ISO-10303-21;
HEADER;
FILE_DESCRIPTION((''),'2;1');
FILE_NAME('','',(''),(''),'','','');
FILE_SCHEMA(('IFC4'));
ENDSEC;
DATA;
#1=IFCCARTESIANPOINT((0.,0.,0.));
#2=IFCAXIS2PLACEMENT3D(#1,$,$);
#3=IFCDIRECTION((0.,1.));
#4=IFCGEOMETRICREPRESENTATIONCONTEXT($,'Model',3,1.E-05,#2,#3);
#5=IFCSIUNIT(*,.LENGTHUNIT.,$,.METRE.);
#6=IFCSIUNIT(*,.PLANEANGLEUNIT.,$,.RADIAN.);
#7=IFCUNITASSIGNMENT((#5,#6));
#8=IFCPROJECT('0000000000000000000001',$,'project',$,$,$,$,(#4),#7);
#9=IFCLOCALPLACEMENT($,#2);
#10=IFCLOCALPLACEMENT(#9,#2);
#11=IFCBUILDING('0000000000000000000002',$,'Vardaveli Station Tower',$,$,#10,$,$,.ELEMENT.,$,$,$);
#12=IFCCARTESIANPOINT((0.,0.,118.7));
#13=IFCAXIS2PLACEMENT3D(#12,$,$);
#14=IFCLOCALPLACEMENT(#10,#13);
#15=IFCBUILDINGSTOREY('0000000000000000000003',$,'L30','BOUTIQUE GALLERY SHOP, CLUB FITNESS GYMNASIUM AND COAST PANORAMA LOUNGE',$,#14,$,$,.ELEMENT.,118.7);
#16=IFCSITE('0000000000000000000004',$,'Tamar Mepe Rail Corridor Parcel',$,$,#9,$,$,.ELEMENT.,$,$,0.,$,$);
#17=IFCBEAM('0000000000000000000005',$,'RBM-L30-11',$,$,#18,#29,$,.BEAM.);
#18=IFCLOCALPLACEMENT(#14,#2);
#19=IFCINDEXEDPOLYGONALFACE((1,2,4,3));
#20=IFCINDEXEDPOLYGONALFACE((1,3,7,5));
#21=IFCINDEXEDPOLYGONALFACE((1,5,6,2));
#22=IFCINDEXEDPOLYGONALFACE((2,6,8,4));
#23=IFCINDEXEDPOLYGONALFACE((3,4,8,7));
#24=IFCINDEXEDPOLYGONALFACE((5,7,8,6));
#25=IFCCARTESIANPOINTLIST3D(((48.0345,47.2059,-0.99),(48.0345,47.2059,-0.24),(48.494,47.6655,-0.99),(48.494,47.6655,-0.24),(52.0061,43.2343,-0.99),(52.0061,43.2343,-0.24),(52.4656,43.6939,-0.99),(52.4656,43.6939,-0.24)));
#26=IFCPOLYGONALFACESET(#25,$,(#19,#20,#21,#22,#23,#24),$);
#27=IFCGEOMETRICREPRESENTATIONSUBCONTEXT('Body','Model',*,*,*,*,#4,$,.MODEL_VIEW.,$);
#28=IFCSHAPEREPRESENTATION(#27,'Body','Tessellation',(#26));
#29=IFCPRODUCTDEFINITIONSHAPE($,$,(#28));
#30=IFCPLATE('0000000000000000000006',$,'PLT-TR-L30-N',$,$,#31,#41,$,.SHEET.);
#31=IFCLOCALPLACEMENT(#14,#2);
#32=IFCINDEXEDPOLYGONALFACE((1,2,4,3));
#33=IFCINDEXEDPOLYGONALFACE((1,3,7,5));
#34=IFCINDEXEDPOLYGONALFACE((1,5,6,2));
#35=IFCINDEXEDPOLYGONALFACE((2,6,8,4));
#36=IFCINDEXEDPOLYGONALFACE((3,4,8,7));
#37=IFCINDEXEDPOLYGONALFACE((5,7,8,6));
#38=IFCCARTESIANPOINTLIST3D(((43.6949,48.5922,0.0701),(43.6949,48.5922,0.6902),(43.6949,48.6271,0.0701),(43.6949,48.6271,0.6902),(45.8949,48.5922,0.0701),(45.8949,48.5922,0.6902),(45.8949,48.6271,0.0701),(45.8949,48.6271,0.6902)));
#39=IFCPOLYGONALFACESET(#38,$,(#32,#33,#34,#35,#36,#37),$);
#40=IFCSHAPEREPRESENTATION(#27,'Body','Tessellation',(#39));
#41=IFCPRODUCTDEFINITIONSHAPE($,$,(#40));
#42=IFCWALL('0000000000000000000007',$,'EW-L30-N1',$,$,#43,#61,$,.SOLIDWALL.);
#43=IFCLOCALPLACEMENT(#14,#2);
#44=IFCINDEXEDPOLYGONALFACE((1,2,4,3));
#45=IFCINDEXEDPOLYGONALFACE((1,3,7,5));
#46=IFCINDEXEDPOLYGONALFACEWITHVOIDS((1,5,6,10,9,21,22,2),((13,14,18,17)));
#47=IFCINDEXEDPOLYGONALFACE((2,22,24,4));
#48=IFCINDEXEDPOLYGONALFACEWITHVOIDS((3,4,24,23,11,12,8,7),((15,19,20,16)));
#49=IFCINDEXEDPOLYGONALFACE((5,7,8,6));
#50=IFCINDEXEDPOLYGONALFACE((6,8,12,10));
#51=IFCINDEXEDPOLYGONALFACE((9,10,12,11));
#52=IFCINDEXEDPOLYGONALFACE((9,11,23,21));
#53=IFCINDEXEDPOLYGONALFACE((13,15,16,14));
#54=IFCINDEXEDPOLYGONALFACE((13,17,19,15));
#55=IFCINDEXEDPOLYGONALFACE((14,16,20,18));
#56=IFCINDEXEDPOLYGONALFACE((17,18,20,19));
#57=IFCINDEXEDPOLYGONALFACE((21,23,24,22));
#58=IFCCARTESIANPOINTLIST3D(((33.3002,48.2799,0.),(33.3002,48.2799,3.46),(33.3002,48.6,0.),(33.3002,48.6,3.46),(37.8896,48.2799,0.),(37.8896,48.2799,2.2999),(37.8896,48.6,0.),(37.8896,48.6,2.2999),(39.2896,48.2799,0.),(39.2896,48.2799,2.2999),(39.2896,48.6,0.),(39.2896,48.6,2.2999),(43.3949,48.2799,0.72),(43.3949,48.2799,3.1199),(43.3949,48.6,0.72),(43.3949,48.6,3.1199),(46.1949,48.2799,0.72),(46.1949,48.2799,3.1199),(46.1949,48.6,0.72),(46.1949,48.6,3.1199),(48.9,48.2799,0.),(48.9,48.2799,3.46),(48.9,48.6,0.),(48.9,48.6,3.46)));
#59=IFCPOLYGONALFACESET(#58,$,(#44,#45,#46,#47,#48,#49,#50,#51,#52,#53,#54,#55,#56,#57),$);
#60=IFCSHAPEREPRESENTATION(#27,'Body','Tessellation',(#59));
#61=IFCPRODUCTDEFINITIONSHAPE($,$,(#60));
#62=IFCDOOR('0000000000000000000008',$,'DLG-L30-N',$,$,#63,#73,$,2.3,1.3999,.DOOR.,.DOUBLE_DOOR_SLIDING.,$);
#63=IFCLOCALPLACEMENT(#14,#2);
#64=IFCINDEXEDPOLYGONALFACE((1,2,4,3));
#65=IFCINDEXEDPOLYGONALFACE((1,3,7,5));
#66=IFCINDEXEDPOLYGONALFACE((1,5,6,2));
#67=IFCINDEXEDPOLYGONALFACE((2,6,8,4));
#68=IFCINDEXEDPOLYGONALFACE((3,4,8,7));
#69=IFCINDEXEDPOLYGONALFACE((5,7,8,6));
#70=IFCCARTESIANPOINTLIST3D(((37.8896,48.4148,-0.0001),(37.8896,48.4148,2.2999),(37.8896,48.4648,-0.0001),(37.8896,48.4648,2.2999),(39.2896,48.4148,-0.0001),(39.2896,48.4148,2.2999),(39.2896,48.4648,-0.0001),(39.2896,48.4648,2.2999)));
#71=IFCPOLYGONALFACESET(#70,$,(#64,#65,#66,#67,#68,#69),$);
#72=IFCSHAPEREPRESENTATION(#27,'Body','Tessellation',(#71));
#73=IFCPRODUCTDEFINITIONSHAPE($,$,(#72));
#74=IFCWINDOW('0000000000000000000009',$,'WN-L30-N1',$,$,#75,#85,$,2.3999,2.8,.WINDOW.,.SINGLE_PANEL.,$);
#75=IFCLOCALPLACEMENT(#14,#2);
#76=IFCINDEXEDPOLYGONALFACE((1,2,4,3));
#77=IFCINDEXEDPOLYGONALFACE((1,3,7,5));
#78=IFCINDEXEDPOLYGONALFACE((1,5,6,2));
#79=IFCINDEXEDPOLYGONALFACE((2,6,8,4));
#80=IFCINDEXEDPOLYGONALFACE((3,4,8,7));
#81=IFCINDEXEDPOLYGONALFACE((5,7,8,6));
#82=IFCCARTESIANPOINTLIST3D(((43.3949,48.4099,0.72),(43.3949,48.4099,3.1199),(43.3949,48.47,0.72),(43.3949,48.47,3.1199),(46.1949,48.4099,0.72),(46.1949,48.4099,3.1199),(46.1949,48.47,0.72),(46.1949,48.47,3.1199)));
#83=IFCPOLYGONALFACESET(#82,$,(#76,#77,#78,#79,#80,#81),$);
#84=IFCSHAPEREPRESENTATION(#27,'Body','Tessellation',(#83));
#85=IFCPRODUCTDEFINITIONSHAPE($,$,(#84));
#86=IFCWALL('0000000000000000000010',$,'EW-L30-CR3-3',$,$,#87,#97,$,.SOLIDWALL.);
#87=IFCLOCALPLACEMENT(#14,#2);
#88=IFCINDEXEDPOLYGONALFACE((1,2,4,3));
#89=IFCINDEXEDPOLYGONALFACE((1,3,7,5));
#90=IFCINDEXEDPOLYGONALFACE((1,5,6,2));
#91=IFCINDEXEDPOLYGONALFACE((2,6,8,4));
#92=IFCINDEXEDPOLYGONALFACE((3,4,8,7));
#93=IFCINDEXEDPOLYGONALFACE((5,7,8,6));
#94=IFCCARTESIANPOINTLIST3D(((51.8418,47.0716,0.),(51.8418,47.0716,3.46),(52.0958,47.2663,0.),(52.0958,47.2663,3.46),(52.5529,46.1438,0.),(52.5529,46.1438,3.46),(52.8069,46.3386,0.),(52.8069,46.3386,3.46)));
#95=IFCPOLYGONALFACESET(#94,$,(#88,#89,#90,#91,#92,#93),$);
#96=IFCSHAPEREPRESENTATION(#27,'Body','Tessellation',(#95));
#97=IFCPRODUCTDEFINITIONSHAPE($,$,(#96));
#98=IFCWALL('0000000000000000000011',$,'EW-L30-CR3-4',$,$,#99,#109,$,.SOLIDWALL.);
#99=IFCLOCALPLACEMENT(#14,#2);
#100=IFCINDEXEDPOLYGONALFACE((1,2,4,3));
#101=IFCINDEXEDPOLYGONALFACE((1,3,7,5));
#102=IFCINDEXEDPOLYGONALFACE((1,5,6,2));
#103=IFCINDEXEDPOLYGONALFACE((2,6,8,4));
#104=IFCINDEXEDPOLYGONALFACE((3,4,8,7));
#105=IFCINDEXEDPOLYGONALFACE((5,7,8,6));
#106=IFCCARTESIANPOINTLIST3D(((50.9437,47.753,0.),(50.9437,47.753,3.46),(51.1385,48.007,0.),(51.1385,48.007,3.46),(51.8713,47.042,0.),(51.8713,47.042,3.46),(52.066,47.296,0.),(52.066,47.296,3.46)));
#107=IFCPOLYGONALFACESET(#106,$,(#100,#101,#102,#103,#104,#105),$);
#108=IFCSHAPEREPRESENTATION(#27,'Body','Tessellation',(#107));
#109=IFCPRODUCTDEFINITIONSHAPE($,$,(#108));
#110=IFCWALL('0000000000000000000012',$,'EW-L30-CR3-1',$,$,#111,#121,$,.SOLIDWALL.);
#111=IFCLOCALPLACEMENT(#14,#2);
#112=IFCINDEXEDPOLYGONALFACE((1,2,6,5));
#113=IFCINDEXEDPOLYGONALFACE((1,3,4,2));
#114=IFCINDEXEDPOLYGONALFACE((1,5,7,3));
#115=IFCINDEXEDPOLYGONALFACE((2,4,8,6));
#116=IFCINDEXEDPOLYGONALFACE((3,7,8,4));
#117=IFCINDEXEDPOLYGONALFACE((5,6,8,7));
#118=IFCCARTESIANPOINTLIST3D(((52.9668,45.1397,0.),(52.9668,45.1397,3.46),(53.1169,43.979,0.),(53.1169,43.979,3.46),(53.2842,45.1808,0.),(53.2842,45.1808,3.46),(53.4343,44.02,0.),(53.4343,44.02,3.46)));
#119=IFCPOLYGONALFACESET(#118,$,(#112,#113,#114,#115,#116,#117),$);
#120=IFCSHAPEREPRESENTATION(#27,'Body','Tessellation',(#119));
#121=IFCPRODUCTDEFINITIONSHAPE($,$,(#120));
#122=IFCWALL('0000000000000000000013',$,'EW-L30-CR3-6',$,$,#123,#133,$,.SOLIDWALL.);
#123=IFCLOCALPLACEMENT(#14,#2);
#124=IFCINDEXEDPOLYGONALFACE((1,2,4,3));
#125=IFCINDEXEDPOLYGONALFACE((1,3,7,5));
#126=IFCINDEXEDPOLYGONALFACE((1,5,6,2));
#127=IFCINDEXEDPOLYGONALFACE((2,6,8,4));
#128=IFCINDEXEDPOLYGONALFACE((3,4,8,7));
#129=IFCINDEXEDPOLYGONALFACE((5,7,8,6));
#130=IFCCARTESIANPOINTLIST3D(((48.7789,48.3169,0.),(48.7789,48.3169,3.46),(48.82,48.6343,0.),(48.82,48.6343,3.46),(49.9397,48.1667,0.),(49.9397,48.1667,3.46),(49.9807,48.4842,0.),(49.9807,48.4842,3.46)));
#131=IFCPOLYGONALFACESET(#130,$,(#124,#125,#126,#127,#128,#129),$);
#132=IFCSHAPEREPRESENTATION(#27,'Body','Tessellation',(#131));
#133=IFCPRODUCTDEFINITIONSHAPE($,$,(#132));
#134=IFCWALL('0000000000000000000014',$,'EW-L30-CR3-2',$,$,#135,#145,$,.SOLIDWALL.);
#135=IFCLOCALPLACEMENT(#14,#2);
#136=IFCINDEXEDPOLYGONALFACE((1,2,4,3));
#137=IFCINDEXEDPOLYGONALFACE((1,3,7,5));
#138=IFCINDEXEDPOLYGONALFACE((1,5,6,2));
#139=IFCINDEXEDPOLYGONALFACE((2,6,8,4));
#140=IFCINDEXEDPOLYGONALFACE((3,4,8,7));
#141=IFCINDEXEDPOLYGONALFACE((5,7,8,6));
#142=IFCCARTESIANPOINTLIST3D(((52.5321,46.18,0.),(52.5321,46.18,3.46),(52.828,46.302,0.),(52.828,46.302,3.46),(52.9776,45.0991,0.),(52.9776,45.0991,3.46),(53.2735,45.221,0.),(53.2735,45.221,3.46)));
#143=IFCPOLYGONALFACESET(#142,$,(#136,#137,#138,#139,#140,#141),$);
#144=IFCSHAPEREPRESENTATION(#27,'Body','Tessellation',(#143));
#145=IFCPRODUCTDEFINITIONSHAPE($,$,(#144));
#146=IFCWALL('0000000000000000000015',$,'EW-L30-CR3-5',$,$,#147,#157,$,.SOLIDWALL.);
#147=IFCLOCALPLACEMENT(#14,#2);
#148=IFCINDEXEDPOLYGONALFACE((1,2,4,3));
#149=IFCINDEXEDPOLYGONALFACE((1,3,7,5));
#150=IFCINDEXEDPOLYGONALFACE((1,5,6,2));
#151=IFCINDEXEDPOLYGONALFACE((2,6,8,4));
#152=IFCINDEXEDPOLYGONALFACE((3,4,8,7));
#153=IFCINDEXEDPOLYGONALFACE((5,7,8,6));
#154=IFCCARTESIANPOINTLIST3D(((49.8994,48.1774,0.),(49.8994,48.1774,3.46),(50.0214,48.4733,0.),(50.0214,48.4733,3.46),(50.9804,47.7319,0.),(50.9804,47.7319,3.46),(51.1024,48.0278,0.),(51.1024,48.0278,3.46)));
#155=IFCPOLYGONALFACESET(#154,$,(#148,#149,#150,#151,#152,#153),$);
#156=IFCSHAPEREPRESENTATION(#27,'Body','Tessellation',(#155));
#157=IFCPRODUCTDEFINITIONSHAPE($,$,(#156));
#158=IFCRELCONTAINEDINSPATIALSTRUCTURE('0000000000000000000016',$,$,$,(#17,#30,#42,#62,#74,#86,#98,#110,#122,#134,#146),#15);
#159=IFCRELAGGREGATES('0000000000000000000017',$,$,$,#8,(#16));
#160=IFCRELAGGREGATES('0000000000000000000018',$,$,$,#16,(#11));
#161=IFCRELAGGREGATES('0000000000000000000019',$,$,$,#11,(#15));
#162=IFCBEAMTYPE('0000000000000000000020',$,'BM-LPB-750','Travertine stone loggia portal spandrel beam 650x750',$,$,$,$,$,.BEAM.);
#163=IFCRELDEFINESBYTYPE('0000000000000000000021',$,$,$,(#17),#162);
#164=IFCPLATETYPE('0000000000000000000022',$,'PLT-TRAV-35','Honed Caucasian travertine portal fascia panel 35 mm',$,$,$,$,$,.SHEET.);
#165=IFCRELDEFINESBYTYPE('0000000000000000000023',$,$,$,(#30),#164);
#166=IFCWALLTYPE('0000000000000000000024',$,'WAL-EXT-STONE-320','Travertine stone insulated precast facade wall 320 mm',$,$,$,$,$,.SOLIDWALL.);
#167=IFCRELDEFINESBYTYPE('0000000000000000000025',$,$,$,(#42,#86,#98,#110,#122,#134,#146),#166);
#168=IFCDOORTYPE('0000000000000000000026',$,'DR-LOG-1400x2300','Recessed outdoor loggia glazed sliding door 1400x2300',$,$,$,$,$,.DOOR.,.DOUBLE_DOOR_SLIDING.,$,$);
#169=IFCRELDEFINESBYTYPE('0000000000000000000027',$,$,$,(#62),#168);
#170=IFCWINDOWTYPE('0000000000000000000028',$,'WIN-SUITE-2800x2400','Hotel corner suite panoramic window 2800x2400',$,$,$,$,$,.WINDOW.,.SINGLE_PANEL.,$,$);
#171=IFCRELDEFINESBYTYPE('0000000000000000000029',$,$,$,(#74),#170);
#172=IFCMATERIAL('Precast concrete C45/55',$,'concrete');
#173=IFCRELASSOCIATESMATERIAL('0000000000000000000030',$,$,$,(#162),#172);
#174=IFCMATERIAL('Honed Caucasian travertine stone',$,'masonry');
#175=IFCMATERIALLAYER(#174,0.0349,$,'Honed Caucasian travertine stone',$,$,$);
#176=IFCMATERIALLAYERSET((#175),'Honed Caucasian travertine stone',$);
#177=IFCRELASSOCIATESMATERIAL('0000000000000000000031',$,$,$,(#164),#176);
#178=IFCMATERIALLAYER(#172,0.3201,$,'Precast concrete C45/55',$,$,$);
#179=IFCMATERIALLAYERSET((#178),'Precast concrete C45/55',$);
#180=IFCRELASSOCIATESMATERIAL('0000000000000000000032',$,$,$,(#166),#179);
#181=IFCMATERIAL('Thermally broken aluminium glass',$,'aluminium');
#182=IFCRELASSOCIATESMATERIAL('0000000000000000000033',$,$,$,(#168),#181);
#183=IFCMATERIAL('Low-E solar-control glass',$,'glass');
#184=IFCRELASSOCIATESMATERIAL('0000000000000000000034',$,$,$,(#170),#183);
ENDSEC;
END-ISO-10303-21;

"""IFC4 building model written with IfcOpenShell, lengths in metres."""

from ifc_helpers import new_model, si_unit, direction, frame, frame_2d, origin, origin_2d, place, context, subcontext, project, spatial, rectangle, extrude, source, transform, mapped, material, layer, layer_set, material_profile, profile_set, type_object, element, fill, save


model = new_model("IFC4")

# Units and contexts
model_context = context("Model", 3, precision=1e-05, world=origin(), true_north=direction((0.0, 1.0)))
body_context = subcontext(model_context, "Body", "Model", "MODEL_VIEW")
ifc_project = project(units=[si_unit("LENGTHUNIT", "METRE"), si_unit("PLANEANGLEUNIT", "RADIAN")], contexts=[model_context])

# Site, building, storey
site_placement = place(None, origin())
site = spatial("IfcSite", under=ifc_project, at=site_placement, Name="Tamar Mepe Rail Corridor Parcel", CompositionType="ELEMENT", RefElevation=0.0)
building_placement = place(site_placement, origin())
building = spatial("IfcBuilding", under=site, at=building_placement, Name="Vardaveli Station Tower", CompositionType="ELEMENT")
storey_placement = place(building_placement, frame((0.0, 0.0, 118.7)))
storey = spatial("IfcBuildingStorey", under=building, at=storey_placement, Name="L30", Description="BOUTIQUE GALLERY SHOP, CLUB FITNESS GYMNASIUM AND COAST PANORAMA LOUNGE", CompositionType="ELEMENT", Elevation=118.7)

# Beam
ifc_material_1 = material(Name="Precast concrete C45/55", Category="concrete")
ifc_material_profile_1 = material_profile(ifc_material_1, rectangle(XDim=0.6499, YDim=0.75, at=origin_2d()), Name="LPB 650x750")
ifc_profile_set_1 = profile_set([ifc_material_profile_1], Name="Precast concrete C45/55")
beam_type = type_object("IfcBeamType", Name="BM-LPB-750", Description="Travertine stone loggia portal spandrel beam 650x750", PredefinedType="BEAM", material=ifc_profile_set_1)
shared_shape_1 = source(origin(), body_context, "Body", "SweptSolid", [
    extrude(rectangle(XDim=0.6499, YDim=0.75, at=origin_2d()), origin(), (0.0, 0.0, 1.0), 5.6167),
])
beam_placement = place(storey_placement, frame((52.2358, 43.4641, -0.615), z_axis=(-0.707107, 0.707107, 0.0), x_axis=(-0.707107, -0.707107, 0.0)))
element("IfcBeam", 1, at=beam_placement, inside=storey, type_object=beam_type, Name="RBM-L30-11", PredefinedType="BEAM", context=body_context, shape_type="MappedRepresentation", body=[
    mapped(shared_shape_1, transform((0.0, 0.0, 0.0), scale=1.0)),
])

# Plate
ifc_material_2 = material(Name="Honed Caucasian travertine stone", Category="masonry")
ifc_layer_1 = layer(ifc_material_2, 0.0349, Name="Honed Caucasian travertine stone")
ifc_layer_set_1 = layer_set([ifc_layer_1], Name="Honed Caucasian travertine stone")
plate_type = type_object("IfcPlateType", Name="PLT-TRAV-35", Description="Honed Caucasian travertine portal fascia panel 35 mm", PredefinedType="SHEET", material=ifc_layer_set_1)
shared_shape_2 = source(origin(), body_context, "Body", "SweptSolid", [
    extrude(rectangle(XDim=2.2, YDim=0.0349, at=origin_2d()), origin(), (0.0, 0.0, 1.0), 0.6201),
])
plate_placement = place(storey_placement, frame((44.7949, 48.6096, 0.0701), z_axis=(0.0, 0.0, 1.0), x_axis=(1.0, 0.0, 0.0)))
element("IfcPlate", 2, at=plate_placement, inside=storey, type_object=plate_type, Name="PLT-TR-L30-N", PredefinedType="SHEET", context=body_context, shape_type="MappedRepresentation", body=[
    mapped(shared_shape_2, transform((0.0, 0.0, 0.0), scale=1.0)),
])

# Wall, openings, door, window
ifc_layer_2 = layer(ifc_material_1, 0.3201, Name="Precast concrete C45/55")
ifc_layer_set_2 = layer_set([ifc_layer_2], Name="Precast concrete C45/55")
wall_type_1 = type_object("IfcWallType", Name="WAL-EXT-STONE-320", Description="Travertine stone insulated precast facade wall 320 mm", PredefinedType="SOLIDWALL", material=ifc_layer_set_2)
shared_shape_3 = source(origin(), body_context, "Body", "SweptSolid", [
    extrude(rectangle(XDim=15.5999, YDim=0.3201, at=frame_2d((7.7998, 0.0))), origin(), (0.0, 0.0, 1.0), 3.46),
])
wall_1_placement = place(storey_placement, frame((48.8999, 48.4399, 0.0), z_axis=(0.0, 0.0, 1.0), x_axis=(-1.0, 0.0, 0.0)))
wall_1 = element("IfcWall", 3, at=wall_1_placement, inside=storey, type_object=wall_type_1, Name="EW-L30-N1", PredefinedType="SOLIDWALL", context=body_context, shape_type="MappedRepresentation", body=[
    mapped(shared_shape_3, transform((0.0, 0.0, 0.0), scale=1.0)),
])
shared_shape_4 = source(origin(), body_context, "Body", "SweptSolid", [
    extrude(rectangle(XDim=1.3999, YDim=2.3, at=frame_2d((0.7, 1.1499))), frame((0.0, 0.1699, 0.0), z_axis=(0.0, -1.0, 0.0), x_axis=(1.0, 0.0, 0.0)), (0.0, 0.0, 1.0), 0.3401),
])
opening_1_placement = place(wall_1_placement, frame((9.6104, 0.0, 0.0)))
opening_1 = element("IfcOpeningElement", 4, at=opening_1_placement, cuts=wall_1, PredefinedType="OPENING", context=body_context, shape_type="MappedRepresentation", body=[
    mapped(shared_shape_4, transform((0.0, 0.0, 0.0), scale=1.0)),
])
shared_shape_5 = source(origin(), body_context, "Body", "SweptSolid", [
    extrude(rectangle(XDim=2.8, YDim=2.3999, at=frame_2d((1.3999, 1.2))), frame((0.0, 0.1699, 0.0), z_axis=(0.0, -1.0, 0.0), x_axis=(1.0, 0.0, 0.0)), (0.0, 0.0, 1.0), 0.3401),
])
opening_2_placement = place(wall_1_placement, frame((2.7051, 0.0, 0.72)))
opening_2 = element("IfcOpeningElement", 5, at=opening_2_placement, cuts=wall_1, PredefinedType="OPENING", context=body_context, shape_type="MappedRepresentation", body=[
    mapped(shared_shape_5, transform((0.0, 0.0, 0.0), scale=1.0)),
])
ifc_material_3 = material(Name="Thermally broken aluminium glass", Category="aluminium")
door_type = type_object("IfcDoorType", Name="DR-LOG-1400x2300", Description="Recessed outdoor loggia glazed sliding door 1400x2300", OperationType="DOUBLE_DOOR_SLIDING", PredefinedType="DOOR", material=ifc_material_3)
shared_shape_6 = source(origin(), body_context, "Body", "SweptSolid", [
    extrude(rectangle(XDim=1.3999, YDim=2.3, at=frame_2d((0.7, 1.1499))), frame((0.0, 0.0249, 0.0), z_axis=(0.0, -1.0, 0.0), x_axis=(1.0, 0.0, 0.0)), (0.0, 0.0, 1.0), 0.05),
])
door_placement = place(opening_1_placement, frame((1.3999, 0.0, 0.0), z_axis=(0.0, 0.0, 1.0), x_axis=(-1.0, 0.0, 0.0)))
door = element("IfcDoor", 6, at=door_placement, inside=storey, type_object=door_type, Name="DLG-L30-N", OperationType="DOUBLE_DOOR_SLIDING", OverallHeight=2.3, OverallWidth=1.3999, PredefinedType="DOOR", context=body_context, shape_type="MappedRepresentation", body=[
    mapped(shared_shape_6, transform((0.0, 0.0, 0.0), scale=1.0)),
])
fill(opening_1, door)
ifc_material_4 = material(Name="Low-E solar-control glass", Category="glass")
window_type = type_object("IfcWindowType", Name="WIN-SUITE-2800x2400", Description="Hotel corner suite panoramic window 2800x2400", PartitioningType="SINGLE_PANEL", PredefinedType="WINDOW", material=ifc_material_4)
shared_shape_7 = source(origin(), body_context, "Body", "SweptSolid", [
    extrude(rectangle(XDim=2.8, YDim=2.3999, at=frame_2d((1.3999, 1.2))), frame((0.0, 0.03, 0.0), z_axis=(0.0, -1.0, 0.0), x_axis=(1.0, 0.0, 0.0)), (0.0, 0.0, 1.0), 0.0601),
])
window_placement = place(opening_2_placement, origin())
window = element("IfcWindow", 7, at=window_placement, inside=storey, type_object=window_type, Name="WN-L30-N1", OverallHeight=2.3999, OverallWidth=2.8, PartitioningType="SINGLE_PANEL", PredefinedType="WINDOW", context=body_context, shape_type="MappedRepresentation", body=[
    mapped(shared_shape_7, transform((0.0, 0.0, 0.0), scale=1.0)),
])
fill(opening_2, window)

# Walls
shared_shape_8 = source(origin(), body_context, "Body", "SweptSolid", [
    extrude(rectangle(XDim=1.1689, YDim=0.3201, at=frame_2d((0.5845, 0.0))), origin(), (0.0, 0.0, 1.0), 3.46),
])
wall_2_placement = place(storey_placement, frame((52.6799, 46.2412, 0.0), z_axis=(0.0, 0.0, 1.0), x_axis=(-0.608388, 0.79364, 0.0)))
element("IfcWall", 8, at=wall_2_placement, inside=storey, type_object=wall_type_1, Name="EW-L30-CR3-3", PredefinedType="SOLIDWALL", context=body_context, shape_type="MappedRepresentation", body=[
    mapped(shared_shape_8, transform((0.0, 0.0, 0.0), scale=1.0)),
])
shared_shape_9 = source(origin(), body_context, "Body", "SweptSolid", [
    extrude(rectangle(XDim=1.1687, YDim=0.3201, at=frame_2d((0.5845, 0.0))), origin(), (0.0, 0.0, 1.0), 3.46),
])
wall_3_placement = place(storey_placement, frame((51.9688, 47.1689, 0.0), z_axis=(0.0, 0.0, 1.0), x_axis=(-0.793664, 0.608357, 0.0)))
element("IfcWall", 9, at=wall_3_placement, inside=storey, type_object=wall_type_1, Name="EW-L30-CR3-4", PredefinedType="SOLIDWALL", context=body_context, shape_type="MappedRepresentation", body=[
    mapped(shared_shape_9, transform((0.0, 0.0, 0.0), scale=1.0)),
])
shared_shape_10 = source(origin(), body_context, "Body", "SweptSolid", [
    extrude(rectangle(XDim=1.1704, YDim=0.3201, at=frame_2d((0.5852, 0.0))), origin(), (0.0, 0.0, 1.0), 3.46),
])
for number, where, z_axis, x_axis, name in (
    (10, (53.2756, 43.9995, 0.0), (0.0, 0.0, 1.0), (-0.128296, 0.991736, 0.0), "EW-L30-CR3-1"),
    (11, (49.9602, 48.3254, 0.0), (0.0, 0.0, 1.0), (-0.991736, 0.128296, 0.0), "EW-L30-CR3-6"),
):
    element("IfcWall", number, at=place(storey_placement, frame(where, z_axis=z_axis, x_axis=x_axis)), inside=storey, type_object=wall_type_1, Name=name, PredefinedType="SOLIDWALL", context=body_context, shape_type="MappedRepresentation", body=[
        mapped(shared_shape_10, transform((0.0, 0.0, 0.0), scale=1.0)),
    ])
shared_shape_11 = source(origin(), body_context, "Body", "SweptSolid", [
    extrude(rectangle(XDim=1.1692, YDim=0.3201, at=frame_2d((0.5845, 0.0))), origin(), (0.0, 0.0, 1.0), 3.46),
])
for number, where, z_axis, x_axis, name in (
    (12, (53.1255, 45.1602, 0.0), (0.0, 0.0, 1.0), (-0.381054, 0.924553, 0.0), "EW-L30-CR3-2"),
    (13, (51.0413, 47.8799, 0.0), (0.0, 0.0, 1.0), (-0.924553, 0.381054, 0.0), "EW-L30-CR3-5"),
):
    element("IfcWall", number, at=place(storey_placement, frame(where, z_axis=z_axis, x_axis=x_axis)), inside=storey, type_object=wall_type_1, Name=name, PredefinedType="SOLIDWALL", context=body_context, shape_type="MappedRepresentation", body=[
        mapped(shared_shape_11, transform((0.0, 0.0, 0.0), scale=1.0)),
    ])

save(model, "model.ifc")
